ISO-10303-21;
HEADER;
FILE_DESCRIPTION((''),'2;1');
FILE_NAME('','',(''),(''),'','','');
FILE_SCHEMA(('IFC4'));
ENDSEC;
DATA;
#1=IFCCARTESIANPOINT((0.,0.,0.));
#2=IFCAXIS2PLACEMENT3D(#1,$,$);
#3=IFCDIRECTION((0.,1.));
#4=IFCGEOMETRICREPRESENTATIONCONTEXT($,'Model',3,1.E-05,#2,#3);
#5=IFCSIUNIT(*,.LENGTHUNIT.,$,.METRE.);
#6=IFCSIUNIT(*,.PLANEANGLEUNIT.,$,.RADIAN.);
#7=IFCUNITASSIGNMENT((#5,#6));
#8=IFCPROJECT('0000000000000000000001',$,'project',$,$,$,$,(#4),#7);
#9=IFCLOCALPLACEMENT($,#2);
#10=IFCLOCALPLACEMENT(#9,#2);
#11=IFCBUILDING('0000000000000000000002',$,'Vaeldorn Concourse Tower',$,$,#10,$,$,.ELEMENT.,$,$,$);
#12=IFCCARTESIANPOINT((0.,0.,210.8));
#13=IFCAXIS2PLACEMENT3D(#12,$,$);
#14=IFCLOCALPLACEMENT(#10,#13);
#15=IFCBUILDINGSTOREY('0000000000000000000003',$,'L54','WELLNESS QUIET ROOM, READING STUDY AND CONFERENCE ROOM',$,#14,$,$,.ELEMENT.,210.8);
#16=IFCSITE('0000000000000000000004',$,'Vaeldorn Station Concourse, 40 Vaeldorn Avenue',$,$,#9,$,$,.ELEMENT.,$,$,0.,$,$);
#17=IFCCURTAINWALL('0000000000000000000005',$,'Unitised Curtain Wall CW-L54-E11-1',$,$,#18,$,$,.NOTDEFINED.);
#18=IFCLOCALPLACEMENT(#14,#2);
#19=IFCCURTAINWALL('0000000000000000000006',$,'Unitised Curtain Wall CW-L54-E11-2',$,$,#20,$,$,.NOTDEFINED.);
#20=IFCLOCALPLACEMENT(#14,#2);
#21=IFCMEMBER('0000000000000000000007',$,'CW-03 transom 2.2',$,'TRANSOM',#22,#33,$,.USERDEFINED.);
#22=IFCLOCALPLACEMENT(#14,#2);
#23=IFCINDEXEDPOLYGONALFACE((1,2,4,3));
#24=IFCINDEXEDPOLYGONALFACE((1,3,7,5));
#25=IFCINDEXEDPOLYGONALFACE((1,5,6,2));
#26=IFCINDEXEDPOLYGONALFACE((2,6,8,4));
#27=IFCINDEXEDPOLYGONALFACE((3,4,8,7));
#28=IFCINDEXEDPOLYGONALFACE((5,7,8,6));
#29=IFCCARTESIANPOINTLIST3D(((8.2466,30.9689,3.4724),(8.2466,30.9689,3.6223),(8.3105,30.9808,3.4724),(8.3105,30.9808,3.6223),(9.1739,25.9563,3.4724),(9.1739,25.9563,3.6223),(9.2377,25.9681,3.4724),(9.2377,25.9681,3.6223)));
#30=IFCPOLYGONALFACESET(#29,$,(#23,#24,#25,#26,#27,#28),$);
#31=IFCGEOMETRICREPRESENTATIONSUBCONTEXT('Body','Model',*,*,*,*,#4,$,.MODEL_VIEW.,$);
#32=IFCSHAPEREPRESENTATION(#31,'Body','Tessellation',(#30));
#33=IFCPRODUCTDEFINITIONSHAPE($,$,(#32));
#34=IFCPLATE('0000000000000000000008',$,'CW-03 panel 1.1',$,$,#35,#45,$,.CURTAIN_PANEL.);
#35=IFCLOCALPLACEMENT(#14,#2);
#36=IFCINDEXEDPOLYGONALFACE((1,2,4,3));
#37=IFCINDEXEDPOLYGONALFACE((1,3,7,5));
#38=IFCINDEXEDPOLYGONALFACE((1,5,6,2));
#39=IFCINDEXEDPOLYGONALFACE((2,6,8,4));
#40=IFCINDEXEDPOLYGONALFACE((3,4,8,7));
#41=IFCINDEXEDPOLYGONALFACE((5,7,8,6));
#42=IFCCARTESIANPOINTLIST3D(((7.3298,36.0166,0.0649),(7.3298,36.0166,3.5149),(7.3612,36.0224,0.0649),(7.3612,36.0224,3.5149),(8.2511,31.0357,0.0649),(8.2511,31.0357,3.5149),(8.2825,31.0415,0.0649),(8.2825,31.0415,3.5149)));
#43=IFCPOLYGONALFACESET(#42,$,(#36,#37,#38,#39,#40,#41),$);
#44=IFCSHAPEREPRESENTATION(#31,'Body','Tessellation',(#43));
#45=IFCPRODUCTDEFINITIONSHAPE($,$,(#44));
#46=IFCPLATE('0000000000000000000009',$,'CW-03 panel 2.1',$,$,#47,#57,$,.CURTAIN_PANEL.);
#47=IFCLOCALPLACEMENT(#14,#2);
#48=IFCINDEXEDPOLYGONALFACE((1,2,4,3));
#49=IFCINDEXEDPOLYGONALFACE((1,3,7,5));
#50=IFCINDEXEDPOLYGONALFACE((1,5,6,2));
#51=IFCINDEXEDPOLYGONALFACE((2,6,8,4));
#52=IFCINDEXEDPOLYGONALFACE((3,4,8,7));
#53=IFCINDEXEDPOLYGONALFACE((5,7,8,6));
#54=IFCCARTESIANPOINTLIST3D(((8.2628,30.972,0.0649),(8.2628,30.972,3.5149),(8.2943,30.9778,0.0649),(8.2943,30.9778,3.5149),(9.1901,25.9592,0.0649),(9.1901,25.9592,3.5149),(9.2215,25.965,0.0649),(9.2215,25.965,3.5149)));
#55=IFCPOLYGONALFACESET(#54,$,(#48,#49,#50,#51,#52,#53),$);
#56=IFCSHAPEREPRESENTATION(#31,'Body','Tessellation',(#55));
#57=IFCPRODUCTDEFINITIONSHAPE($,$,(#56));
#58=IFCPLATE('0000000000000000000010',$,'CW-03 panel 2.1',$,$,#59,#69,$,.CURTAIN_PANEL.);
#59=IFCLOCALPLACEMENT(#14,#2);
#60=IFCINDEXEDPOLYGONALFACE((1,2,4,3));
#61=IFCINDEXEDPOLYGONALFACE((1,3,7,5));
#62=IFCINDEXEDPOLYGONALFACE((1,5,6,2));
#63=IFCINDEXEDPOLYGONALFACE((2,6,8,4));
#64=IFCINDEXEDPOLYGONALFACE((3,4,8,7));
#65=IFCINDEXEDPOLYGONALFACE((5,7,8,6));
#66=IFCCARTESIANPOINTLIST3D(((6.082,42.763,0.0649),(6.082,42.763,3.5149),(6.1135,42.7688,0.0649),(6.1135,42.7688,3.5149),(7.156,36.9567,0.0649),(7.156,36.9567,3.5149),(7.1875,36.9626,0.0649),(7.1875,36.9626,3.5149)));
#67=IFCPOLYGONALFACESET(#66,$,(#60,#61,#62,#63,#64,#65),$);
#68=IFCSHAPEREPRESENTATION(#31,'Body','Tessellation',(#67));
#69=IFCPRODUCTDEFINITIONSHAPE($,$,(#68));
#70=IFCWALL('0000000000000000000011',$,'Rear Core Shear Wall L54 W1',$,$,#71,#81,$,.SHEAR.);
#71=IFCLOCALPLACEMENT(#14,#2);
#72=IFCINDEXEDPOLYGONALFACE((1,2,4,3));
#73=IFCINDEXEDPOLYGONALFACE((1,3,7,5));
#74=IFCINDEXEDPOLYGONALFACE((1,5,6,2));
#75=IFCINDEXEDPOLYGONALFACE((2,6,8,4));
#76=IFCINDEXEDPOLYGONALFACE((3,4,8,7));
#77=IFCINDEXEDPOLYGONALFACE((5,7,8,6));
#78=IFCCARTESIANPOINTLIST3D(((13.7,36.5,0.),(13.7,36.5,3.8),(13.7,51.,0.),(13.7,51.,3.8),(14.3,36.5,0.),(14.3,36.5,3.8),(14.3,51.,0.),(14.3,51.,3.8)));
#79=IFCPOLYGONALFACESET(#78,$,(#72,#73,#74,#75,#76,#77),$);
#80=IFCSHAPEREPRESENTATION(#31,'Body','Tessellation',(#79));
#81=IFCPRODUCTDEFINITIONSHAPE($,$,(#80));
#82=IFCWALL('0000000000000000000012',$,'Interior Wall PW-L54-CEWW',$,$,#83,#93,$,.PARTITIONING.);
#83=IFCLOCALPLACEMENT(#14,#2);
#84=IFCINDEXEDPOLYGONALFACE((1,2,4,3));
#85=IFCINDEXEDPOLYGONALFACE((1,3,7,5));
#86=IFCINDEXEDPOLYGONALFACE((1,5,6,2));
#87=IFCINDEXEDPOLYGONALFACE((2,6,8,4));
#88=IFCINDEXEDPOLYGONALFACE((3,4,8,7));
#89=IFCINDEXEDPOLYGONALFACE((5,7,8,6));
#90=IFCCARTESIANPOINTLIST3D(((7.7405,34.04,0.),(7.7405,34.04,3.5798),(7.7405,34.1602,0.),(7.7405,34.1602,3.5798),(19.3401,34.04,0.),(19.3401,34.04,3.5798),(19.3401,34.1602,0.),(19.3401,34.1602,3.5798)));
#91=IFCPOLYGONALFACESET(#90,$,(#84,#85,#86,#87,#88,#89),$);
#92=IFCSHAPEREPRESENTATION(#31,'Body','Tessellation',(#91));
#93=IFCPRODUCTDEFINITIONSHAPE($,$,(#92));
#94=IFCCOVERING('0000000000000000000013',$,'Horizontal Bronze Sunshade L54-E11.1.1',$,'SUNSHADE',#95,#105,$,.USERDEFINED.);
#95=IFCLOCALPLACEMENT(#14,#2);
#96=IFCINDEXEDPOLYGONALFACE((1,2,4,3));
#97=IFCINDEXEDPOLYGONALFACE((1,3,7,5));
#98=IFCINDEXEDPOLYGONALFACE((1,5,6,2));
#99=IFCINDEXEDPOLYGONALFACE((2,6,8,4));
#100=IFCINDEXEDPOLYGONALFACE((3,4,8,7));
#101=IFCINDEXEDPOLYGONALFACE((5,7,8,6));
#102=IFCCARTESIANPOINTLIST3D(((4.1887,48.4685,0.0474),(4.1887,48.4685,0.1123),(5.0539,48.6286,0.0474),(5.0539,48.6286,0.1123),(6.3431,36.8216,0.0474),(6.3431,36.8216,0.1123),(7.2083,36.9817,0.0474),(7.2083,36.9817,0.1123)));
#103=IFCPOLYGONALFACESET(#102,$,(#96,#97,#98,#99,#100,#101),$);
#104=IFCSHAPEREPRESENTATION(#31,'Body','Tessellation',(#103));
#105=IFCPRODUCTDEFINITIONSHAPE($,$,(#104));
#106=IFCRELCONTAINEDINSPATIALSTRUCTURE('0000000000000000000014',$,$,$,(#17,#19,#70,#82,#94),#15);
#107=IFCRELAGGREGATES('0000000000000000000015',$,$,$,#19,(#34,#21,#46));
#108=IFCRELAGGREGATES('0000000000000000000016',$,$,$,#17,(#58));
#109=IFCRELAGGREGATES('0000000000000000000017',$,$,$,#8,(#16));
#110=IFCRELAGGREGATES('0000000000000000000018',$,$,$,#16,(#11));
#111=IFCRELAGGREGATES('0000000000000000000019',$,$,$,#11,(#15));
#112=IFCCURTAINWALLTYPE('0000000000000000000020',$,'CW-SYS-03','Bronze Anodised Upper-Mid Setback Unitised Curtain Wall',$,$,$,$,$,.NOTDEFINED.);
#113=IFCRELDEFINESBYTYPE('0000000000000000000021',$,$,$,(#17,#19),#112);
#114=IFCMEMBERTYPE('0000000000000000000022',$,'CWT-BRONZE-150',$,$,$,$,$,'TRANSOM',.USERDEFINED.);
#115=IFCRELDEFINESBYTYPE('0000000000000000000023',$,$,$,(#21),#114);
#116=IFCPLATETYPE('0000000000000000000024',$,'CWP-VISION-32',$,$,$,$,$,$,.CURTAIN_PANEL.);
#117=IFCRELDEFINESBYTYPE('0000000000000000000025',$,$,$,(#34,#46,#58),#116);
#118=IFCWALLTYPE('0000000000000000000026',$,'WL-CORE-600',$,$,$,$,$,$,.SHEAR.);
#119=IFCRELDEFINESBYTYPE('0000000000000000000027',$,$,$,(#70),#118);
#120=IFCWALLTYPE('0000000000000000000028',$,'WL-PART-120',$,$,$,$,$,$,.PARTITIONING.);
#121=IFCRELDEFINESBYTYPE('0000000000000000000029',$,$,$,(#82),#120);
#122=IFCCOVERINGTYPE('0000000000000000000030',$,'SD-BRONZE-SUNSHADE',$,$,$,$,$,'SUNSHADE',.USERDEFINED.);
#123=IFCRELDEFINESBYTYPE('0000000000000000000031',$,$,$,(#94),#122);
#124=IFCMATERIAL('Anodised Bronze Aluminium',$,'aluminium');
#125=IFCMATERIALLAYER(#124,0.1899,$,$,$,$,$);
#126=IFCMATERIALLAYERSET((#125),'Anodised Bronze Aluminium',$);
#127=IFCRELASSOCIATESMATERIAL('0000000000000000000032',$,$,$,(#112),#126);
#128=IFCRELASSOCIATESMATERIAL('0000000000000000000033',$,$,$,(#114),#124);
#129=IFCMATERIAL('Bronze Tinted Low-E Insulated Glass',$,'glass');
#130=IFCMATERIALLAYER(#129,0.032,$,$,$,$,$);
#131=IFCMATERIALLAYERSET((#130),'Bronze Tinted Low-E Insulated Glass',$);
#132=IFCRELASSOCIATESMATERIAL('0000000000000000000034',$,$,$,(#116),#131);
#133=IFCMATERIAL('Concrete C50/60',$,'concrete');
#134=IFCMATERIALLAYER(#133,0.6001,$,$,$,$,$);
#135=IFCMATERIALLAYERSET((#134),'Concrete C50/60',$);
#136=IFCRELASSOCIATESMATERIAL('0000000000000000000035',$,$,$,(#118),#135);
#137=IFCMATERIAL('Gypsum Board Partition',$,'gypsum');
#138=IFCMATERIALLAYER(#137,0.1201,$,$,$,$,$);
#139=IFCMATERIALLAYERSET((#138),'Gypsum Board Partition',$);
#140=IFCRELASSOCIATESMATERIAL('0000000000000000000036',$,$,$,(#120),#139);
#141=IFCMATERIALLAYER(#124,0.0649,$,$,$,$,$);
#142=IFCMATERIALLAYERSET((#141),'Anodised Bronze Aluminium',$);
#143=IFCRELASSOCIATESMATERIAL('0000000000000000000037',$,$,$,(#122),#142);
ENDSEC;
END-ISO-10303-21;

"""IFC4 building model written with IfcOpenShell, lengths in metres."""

from ifc_helpers import new_model, si_unit, direction, frame, frame_2d, origin, origin_2d, place, context, subcontext, project, spatial, rectangle, extrude, source, transform, mapped, material, layer, layer_set, material_profile, profile_set, type_object, element, aggregate, save


model = new_model("IFC4")

# Units and contexts
model_context = context("Model", 3, precision=1e-05, world=origin(), true_north=direction((0.0, 1.0)))
body_context = subcontext(model_context, "Body", "Model", "MODEL_VIEW")
ifc_project = project(units=[si_unit("LENGTHUNIT", "METRE"), si_unit("PLANEANGLEUNIT", "RADIAN")], contexts=[model_context])

# Site, building, storey
site_placement = place(None, origin())
site = spatial("IfcSite", under=ifc_project, at=site_placement, Name="Vaeldorn Station Concourse, 40 Vaeldorn Avenue", CompositionType="ELEMENT", RefElevation=0.0)
building_placement = place(site_placement, origin())
building = spatial("IfcBuilding", under=site, at=building_placement, Name="Vaeldorn Concourse Tower", CompositionType="ELEMENT")
storey_placement = place(building_placement, frame((0.0, 0.0, 210.8)))
storey = spatial("IfcBuildingStorey", under=building, at=storey_placement, Name="L54", Description="WELLNESS QUIET ROOM, READING STUDY AND CONFERENCE ROOM", CompositionType="ELEMENT", Elevation=210.8)

# Shared definitions
ifc_material_1 = material(Name="Concrete C50/60", Category="concrete")

# Curtain wall
ifc_material_2 = material(Name="Anodised Bronze Aluminium", Category="aluminium")
ifc_layer_1 = layer(ifc_material_2, 0.1899)
ifc_layer_set_1 = layer_set([ifc_layer_1], Name="Anodised Bronze Aluminium")
curtain_wall_type = type_object("IfcCurtainWallType", Name="CW-SYS-03", Description="Bronze Anodised Upper-Mid Setback Unitised Curtain Wall", PredefinedType="NOTDEFINED", material=ifc_layer_set_1)
curtain_wall_1_placement = place(storey_placement, origin())
curtain_wall_1 = element("IfcCurtainWall", 1, at=curtain_wall_1_placement, inside=storey, type_object=curtain_wall_type, Name="Unitised Curtain Wall CW-L54-E11-1", PredefinedType="NOTDEFINED")

# Curtain wall, member, plates
curtain_wall_2_placement = place(storey_placement, origin())
curtain_wall_2 = element("IfcCurtainWall", 2, at=curtain_wall_2_placement, inside=storey, type_object=curtain_wall_type, Name="Unitised Curtain Wall CW-L54-E11-2", PredefinedType="NOTDEFINED")
ifc_material_profile_1 = material_profile(ifc_material_2, rectangle(XDim=0.0649, YDim=0.1499, at=origin_2d()), Name="CWT 65x150")
ifc_profile_set_1 = profile_set([ifc_material_profile_1], Name="Anodised Bronze Aluminium")
member_type_1 = type_object("IfcMemberType", Name="CWT-BRONZE-150", ElementType="TRANSOM", PredefinedType="USERDEFINED", material=ifc_profile_set_1)
shared_shape_1 = source(origin(), body_context, "Body", "SweptSolid", [
    extrude(rectangle(XDim=0.0649, YDim=0.1499, at=origin_2d()), origin(), (0.0, 0.0, 1.0), 5.0977),
])
member_1_placement = place(storey_placement, frame((8.2786, 30.9749, 3.5474), z_axis=(0.181894, -0.983318, 0.0), x_axis=(0.983318, 0.181894, 0.0)))
member_1 = element("IfcMember", 3, at=member_1_placement, type_object=member_type_1, Name="CW-03 transom 2.2", ObjectType="TRANSOM", PredefinedType="USERDEFINED", context=body_context, shape_type="MappedRepresentation", body=[
    mapped(shared_shape_1, transform((0.0, 0.0, 0.0), scale=1.0)),
])
ifc_material_3 = material(Name="Bronze Tinted Low-E Insulated Glass", Category="glass")
ifc_layer_2 = layer(ifc_material_3, 0.032)
ifc_layer_set_2 = layer_set([ifc_layer_2], Name="Bronze Tinted Low-E Insulated Glass")
plate_type = type_object("IfcPlateType", Name="CWP-VISION-32", PredefinedType="CURTAIN_PANEL", material=ifc_layer_set_2)
shared_shape_2 = source(origin(), body_context, "Body", "SweptSolid", [
    extrude(rectangle(XDim=5.0654, YDim=0.032, at=origin_2d()), origin(), (0.0, 0.0, 1.0), 3.45),
])
plate_1_placement = place(storey_placement, frame((7.8062, 33.5291, 0.0649), z_axis=(0.0, 0.0, 1.0), x_axis=(0.181889, -0.983319, 0.0)))
plate_1 = element("IfcPlate", 4, at=plate_1_placement, type_object=plate_type, Name="CW-03 panel 1.1", PredefinedType="CURTAIN_PANEL", context=body_context, shape_type="MappedRepresentation", body=[
    mapped(shared_shape_2, transform((0.0, 0.0, 0.0), scale=1.0)),
])
shared_shape_3 = source(origin(), body_context, "Body", "SweptSolid", [
    extrude(rectangle(XDim=5.0979, YDim=0.032, at=origin_2d()), origin(), (0.0, 0.0, 1.0), 3.45),
])
plate_2_placement = place(storey_placement, frame((8.7422, 28.4685, 0.0649), z_axis=(0.0, 0.0, 1.0), x_axis=(0.181889, -0.983319, 0.0)))
plate_2 = element("IfcPlate", 5, at=plate_2_placement, type_object=plate_type, Name="CW-03 panel 2.1", PredefinedType="CURTAIN_PANEL", context=body_context, shape_type="MappedRepresentation", body=[
    mapped(shared_shape_3, transform((0.0, 0.0, 0.0), scale=1.0)),
])
aggregate(curtain_wall_2, [plate_1, member_1, plate_2])

# Plate
shared_shape_4 = source(origin(), body_context, "Body", "SweptSolid", [
    extrude(rectangle(XDim=5.9048, YDim=0.032, at=origin_2d()), origin(), (0.0, 0.0, 1.0), 3.45),
])
plate_3_placement = place(storey_placement, frame((6.6348, 39.8628, 0.0649), z_axis=(0.0, 0.0, 1.0), x_axis=(0.181888, -0.983319, 0.0)))
plate_3 = element("IfcPlate", 6, at=plate_3_placement, type_object=plate_type, Name="CW-03 panel 2.1", PredefinedType="CURTAIN_PANEL", context=body_context, shape_type="MappedRepresentation", body=[
    mapped(shared_shape_4, transform((0.0, 0.0, 0.0), scale=1.0)),
])
aggregate(curtain_wall_1, [plate_3])

# Walls
ifc_layer_3 = layer(ifc_material_1, 0.6001)
ifc_layer_set_3 = layer_set([ifc_layer_3], Name="Concrete C50/60")
wall_type_1 = type_object("IfcWallType", Name="WL-CORE-600", PredefinedType="SHEAR", material=ifc_layer_set_3)
wall_1_placement = place(storey_placement, frame((14.0, 36.5, 0.0), z_axis=(0.0, 0.0, 1.0), x_axis=(0.0, 1.0, 0.0)))
element("IfcWall", 7, at=wall_1_placement, inside=storey, type_object=wall_type_1, Name="Rear Core Shear Wall L54 W1", PredefinedType="SHEAR", context=body_context, shape_type="SweptSolid", body=[
    extrude(rectangle(XDim=14.5, YDim=0.6001, at=frame_2d((7.25, 0.0))), origin(), (0.0, 0.0, 1.0), 3.8),
])
ifc_material_4 = material(Name="Gypsum Board Partition", Category="gypsum")
ifc_layer_4 = layer(ifc_material_4, 0.1201)
ifc_layer_set_4 = layer_set([ifc_layer_4], Name="Gypsum Board Partition")
wall_type_2 = type_object("IfcWallType", Name="WL-PART-120", PredefinedType="PARTITIONING", material=ifc_layer_set_4)
wall_2_placement = place(storey_placement, frame((7.7405, 34.1001, 0.0), z_axis=(0.0, 0.0, 1.0), x_axis=(1.0, 0.0, 0.0)))
element("IfcWall", 8, at=wall_2_placement, inside=storey, type_object=wall_type_2, Name="Interior Wall PW-L54-CEWW", PredefinedType="PARTITIONING", context=body_context, shape_type="SweptSolid", body=[
    extrude(rectangle(XDim=11.5996, YDim=0.1201, at=frame_2d((5.7998, 0.0))), origin(), (0.0, 0.0, 1.0), 3.5798),
])

# Covering
ifc_layer_5 = layer(ifc_material_2, 0.0649)
ifc_layer_set_5 = layer_set([ifc_layer_5], Name="Anodised Bronze Aluminium")
covering_type = type_object("IfcCoveringType", Name="SD-BRONZE-SUNSHADE", ElementType="SUNSHADE", PredefinedType="USERDEFINED", material=ifc_layer_set_5)
shared_shape_5 = source(origin(), body_context, "Body", "SweptSolid", [
    extrude(rectangle(XDim=11.8445, YDim=0.8799, at=origin_2d()), origin(), (0.0, 0.0, 1.0), 0.0649),
])
covering_placement = place(storey_placement, frame((5.6985, 42.7251, 0.0474), z_axis=(0.0, 0.0, 1.0), x_axis=(0.181892, -0.983318, 0.0)))
element("IfcCovering", 9, at=covering_placement, inside=storey, type_object=covering_type, Name="Horizontal Bronze Sunshade L54-E11.1.1", ObjectType="SUNSHADE", PredefinedType="USERDEFINED", context=body_context, shape_type="MappedRepresentation", body=[
    mapped(shared_shape_5, transform((0.0, 0.0, 0.0), scale=1.0)),
])

save(model, "model.ifc")
